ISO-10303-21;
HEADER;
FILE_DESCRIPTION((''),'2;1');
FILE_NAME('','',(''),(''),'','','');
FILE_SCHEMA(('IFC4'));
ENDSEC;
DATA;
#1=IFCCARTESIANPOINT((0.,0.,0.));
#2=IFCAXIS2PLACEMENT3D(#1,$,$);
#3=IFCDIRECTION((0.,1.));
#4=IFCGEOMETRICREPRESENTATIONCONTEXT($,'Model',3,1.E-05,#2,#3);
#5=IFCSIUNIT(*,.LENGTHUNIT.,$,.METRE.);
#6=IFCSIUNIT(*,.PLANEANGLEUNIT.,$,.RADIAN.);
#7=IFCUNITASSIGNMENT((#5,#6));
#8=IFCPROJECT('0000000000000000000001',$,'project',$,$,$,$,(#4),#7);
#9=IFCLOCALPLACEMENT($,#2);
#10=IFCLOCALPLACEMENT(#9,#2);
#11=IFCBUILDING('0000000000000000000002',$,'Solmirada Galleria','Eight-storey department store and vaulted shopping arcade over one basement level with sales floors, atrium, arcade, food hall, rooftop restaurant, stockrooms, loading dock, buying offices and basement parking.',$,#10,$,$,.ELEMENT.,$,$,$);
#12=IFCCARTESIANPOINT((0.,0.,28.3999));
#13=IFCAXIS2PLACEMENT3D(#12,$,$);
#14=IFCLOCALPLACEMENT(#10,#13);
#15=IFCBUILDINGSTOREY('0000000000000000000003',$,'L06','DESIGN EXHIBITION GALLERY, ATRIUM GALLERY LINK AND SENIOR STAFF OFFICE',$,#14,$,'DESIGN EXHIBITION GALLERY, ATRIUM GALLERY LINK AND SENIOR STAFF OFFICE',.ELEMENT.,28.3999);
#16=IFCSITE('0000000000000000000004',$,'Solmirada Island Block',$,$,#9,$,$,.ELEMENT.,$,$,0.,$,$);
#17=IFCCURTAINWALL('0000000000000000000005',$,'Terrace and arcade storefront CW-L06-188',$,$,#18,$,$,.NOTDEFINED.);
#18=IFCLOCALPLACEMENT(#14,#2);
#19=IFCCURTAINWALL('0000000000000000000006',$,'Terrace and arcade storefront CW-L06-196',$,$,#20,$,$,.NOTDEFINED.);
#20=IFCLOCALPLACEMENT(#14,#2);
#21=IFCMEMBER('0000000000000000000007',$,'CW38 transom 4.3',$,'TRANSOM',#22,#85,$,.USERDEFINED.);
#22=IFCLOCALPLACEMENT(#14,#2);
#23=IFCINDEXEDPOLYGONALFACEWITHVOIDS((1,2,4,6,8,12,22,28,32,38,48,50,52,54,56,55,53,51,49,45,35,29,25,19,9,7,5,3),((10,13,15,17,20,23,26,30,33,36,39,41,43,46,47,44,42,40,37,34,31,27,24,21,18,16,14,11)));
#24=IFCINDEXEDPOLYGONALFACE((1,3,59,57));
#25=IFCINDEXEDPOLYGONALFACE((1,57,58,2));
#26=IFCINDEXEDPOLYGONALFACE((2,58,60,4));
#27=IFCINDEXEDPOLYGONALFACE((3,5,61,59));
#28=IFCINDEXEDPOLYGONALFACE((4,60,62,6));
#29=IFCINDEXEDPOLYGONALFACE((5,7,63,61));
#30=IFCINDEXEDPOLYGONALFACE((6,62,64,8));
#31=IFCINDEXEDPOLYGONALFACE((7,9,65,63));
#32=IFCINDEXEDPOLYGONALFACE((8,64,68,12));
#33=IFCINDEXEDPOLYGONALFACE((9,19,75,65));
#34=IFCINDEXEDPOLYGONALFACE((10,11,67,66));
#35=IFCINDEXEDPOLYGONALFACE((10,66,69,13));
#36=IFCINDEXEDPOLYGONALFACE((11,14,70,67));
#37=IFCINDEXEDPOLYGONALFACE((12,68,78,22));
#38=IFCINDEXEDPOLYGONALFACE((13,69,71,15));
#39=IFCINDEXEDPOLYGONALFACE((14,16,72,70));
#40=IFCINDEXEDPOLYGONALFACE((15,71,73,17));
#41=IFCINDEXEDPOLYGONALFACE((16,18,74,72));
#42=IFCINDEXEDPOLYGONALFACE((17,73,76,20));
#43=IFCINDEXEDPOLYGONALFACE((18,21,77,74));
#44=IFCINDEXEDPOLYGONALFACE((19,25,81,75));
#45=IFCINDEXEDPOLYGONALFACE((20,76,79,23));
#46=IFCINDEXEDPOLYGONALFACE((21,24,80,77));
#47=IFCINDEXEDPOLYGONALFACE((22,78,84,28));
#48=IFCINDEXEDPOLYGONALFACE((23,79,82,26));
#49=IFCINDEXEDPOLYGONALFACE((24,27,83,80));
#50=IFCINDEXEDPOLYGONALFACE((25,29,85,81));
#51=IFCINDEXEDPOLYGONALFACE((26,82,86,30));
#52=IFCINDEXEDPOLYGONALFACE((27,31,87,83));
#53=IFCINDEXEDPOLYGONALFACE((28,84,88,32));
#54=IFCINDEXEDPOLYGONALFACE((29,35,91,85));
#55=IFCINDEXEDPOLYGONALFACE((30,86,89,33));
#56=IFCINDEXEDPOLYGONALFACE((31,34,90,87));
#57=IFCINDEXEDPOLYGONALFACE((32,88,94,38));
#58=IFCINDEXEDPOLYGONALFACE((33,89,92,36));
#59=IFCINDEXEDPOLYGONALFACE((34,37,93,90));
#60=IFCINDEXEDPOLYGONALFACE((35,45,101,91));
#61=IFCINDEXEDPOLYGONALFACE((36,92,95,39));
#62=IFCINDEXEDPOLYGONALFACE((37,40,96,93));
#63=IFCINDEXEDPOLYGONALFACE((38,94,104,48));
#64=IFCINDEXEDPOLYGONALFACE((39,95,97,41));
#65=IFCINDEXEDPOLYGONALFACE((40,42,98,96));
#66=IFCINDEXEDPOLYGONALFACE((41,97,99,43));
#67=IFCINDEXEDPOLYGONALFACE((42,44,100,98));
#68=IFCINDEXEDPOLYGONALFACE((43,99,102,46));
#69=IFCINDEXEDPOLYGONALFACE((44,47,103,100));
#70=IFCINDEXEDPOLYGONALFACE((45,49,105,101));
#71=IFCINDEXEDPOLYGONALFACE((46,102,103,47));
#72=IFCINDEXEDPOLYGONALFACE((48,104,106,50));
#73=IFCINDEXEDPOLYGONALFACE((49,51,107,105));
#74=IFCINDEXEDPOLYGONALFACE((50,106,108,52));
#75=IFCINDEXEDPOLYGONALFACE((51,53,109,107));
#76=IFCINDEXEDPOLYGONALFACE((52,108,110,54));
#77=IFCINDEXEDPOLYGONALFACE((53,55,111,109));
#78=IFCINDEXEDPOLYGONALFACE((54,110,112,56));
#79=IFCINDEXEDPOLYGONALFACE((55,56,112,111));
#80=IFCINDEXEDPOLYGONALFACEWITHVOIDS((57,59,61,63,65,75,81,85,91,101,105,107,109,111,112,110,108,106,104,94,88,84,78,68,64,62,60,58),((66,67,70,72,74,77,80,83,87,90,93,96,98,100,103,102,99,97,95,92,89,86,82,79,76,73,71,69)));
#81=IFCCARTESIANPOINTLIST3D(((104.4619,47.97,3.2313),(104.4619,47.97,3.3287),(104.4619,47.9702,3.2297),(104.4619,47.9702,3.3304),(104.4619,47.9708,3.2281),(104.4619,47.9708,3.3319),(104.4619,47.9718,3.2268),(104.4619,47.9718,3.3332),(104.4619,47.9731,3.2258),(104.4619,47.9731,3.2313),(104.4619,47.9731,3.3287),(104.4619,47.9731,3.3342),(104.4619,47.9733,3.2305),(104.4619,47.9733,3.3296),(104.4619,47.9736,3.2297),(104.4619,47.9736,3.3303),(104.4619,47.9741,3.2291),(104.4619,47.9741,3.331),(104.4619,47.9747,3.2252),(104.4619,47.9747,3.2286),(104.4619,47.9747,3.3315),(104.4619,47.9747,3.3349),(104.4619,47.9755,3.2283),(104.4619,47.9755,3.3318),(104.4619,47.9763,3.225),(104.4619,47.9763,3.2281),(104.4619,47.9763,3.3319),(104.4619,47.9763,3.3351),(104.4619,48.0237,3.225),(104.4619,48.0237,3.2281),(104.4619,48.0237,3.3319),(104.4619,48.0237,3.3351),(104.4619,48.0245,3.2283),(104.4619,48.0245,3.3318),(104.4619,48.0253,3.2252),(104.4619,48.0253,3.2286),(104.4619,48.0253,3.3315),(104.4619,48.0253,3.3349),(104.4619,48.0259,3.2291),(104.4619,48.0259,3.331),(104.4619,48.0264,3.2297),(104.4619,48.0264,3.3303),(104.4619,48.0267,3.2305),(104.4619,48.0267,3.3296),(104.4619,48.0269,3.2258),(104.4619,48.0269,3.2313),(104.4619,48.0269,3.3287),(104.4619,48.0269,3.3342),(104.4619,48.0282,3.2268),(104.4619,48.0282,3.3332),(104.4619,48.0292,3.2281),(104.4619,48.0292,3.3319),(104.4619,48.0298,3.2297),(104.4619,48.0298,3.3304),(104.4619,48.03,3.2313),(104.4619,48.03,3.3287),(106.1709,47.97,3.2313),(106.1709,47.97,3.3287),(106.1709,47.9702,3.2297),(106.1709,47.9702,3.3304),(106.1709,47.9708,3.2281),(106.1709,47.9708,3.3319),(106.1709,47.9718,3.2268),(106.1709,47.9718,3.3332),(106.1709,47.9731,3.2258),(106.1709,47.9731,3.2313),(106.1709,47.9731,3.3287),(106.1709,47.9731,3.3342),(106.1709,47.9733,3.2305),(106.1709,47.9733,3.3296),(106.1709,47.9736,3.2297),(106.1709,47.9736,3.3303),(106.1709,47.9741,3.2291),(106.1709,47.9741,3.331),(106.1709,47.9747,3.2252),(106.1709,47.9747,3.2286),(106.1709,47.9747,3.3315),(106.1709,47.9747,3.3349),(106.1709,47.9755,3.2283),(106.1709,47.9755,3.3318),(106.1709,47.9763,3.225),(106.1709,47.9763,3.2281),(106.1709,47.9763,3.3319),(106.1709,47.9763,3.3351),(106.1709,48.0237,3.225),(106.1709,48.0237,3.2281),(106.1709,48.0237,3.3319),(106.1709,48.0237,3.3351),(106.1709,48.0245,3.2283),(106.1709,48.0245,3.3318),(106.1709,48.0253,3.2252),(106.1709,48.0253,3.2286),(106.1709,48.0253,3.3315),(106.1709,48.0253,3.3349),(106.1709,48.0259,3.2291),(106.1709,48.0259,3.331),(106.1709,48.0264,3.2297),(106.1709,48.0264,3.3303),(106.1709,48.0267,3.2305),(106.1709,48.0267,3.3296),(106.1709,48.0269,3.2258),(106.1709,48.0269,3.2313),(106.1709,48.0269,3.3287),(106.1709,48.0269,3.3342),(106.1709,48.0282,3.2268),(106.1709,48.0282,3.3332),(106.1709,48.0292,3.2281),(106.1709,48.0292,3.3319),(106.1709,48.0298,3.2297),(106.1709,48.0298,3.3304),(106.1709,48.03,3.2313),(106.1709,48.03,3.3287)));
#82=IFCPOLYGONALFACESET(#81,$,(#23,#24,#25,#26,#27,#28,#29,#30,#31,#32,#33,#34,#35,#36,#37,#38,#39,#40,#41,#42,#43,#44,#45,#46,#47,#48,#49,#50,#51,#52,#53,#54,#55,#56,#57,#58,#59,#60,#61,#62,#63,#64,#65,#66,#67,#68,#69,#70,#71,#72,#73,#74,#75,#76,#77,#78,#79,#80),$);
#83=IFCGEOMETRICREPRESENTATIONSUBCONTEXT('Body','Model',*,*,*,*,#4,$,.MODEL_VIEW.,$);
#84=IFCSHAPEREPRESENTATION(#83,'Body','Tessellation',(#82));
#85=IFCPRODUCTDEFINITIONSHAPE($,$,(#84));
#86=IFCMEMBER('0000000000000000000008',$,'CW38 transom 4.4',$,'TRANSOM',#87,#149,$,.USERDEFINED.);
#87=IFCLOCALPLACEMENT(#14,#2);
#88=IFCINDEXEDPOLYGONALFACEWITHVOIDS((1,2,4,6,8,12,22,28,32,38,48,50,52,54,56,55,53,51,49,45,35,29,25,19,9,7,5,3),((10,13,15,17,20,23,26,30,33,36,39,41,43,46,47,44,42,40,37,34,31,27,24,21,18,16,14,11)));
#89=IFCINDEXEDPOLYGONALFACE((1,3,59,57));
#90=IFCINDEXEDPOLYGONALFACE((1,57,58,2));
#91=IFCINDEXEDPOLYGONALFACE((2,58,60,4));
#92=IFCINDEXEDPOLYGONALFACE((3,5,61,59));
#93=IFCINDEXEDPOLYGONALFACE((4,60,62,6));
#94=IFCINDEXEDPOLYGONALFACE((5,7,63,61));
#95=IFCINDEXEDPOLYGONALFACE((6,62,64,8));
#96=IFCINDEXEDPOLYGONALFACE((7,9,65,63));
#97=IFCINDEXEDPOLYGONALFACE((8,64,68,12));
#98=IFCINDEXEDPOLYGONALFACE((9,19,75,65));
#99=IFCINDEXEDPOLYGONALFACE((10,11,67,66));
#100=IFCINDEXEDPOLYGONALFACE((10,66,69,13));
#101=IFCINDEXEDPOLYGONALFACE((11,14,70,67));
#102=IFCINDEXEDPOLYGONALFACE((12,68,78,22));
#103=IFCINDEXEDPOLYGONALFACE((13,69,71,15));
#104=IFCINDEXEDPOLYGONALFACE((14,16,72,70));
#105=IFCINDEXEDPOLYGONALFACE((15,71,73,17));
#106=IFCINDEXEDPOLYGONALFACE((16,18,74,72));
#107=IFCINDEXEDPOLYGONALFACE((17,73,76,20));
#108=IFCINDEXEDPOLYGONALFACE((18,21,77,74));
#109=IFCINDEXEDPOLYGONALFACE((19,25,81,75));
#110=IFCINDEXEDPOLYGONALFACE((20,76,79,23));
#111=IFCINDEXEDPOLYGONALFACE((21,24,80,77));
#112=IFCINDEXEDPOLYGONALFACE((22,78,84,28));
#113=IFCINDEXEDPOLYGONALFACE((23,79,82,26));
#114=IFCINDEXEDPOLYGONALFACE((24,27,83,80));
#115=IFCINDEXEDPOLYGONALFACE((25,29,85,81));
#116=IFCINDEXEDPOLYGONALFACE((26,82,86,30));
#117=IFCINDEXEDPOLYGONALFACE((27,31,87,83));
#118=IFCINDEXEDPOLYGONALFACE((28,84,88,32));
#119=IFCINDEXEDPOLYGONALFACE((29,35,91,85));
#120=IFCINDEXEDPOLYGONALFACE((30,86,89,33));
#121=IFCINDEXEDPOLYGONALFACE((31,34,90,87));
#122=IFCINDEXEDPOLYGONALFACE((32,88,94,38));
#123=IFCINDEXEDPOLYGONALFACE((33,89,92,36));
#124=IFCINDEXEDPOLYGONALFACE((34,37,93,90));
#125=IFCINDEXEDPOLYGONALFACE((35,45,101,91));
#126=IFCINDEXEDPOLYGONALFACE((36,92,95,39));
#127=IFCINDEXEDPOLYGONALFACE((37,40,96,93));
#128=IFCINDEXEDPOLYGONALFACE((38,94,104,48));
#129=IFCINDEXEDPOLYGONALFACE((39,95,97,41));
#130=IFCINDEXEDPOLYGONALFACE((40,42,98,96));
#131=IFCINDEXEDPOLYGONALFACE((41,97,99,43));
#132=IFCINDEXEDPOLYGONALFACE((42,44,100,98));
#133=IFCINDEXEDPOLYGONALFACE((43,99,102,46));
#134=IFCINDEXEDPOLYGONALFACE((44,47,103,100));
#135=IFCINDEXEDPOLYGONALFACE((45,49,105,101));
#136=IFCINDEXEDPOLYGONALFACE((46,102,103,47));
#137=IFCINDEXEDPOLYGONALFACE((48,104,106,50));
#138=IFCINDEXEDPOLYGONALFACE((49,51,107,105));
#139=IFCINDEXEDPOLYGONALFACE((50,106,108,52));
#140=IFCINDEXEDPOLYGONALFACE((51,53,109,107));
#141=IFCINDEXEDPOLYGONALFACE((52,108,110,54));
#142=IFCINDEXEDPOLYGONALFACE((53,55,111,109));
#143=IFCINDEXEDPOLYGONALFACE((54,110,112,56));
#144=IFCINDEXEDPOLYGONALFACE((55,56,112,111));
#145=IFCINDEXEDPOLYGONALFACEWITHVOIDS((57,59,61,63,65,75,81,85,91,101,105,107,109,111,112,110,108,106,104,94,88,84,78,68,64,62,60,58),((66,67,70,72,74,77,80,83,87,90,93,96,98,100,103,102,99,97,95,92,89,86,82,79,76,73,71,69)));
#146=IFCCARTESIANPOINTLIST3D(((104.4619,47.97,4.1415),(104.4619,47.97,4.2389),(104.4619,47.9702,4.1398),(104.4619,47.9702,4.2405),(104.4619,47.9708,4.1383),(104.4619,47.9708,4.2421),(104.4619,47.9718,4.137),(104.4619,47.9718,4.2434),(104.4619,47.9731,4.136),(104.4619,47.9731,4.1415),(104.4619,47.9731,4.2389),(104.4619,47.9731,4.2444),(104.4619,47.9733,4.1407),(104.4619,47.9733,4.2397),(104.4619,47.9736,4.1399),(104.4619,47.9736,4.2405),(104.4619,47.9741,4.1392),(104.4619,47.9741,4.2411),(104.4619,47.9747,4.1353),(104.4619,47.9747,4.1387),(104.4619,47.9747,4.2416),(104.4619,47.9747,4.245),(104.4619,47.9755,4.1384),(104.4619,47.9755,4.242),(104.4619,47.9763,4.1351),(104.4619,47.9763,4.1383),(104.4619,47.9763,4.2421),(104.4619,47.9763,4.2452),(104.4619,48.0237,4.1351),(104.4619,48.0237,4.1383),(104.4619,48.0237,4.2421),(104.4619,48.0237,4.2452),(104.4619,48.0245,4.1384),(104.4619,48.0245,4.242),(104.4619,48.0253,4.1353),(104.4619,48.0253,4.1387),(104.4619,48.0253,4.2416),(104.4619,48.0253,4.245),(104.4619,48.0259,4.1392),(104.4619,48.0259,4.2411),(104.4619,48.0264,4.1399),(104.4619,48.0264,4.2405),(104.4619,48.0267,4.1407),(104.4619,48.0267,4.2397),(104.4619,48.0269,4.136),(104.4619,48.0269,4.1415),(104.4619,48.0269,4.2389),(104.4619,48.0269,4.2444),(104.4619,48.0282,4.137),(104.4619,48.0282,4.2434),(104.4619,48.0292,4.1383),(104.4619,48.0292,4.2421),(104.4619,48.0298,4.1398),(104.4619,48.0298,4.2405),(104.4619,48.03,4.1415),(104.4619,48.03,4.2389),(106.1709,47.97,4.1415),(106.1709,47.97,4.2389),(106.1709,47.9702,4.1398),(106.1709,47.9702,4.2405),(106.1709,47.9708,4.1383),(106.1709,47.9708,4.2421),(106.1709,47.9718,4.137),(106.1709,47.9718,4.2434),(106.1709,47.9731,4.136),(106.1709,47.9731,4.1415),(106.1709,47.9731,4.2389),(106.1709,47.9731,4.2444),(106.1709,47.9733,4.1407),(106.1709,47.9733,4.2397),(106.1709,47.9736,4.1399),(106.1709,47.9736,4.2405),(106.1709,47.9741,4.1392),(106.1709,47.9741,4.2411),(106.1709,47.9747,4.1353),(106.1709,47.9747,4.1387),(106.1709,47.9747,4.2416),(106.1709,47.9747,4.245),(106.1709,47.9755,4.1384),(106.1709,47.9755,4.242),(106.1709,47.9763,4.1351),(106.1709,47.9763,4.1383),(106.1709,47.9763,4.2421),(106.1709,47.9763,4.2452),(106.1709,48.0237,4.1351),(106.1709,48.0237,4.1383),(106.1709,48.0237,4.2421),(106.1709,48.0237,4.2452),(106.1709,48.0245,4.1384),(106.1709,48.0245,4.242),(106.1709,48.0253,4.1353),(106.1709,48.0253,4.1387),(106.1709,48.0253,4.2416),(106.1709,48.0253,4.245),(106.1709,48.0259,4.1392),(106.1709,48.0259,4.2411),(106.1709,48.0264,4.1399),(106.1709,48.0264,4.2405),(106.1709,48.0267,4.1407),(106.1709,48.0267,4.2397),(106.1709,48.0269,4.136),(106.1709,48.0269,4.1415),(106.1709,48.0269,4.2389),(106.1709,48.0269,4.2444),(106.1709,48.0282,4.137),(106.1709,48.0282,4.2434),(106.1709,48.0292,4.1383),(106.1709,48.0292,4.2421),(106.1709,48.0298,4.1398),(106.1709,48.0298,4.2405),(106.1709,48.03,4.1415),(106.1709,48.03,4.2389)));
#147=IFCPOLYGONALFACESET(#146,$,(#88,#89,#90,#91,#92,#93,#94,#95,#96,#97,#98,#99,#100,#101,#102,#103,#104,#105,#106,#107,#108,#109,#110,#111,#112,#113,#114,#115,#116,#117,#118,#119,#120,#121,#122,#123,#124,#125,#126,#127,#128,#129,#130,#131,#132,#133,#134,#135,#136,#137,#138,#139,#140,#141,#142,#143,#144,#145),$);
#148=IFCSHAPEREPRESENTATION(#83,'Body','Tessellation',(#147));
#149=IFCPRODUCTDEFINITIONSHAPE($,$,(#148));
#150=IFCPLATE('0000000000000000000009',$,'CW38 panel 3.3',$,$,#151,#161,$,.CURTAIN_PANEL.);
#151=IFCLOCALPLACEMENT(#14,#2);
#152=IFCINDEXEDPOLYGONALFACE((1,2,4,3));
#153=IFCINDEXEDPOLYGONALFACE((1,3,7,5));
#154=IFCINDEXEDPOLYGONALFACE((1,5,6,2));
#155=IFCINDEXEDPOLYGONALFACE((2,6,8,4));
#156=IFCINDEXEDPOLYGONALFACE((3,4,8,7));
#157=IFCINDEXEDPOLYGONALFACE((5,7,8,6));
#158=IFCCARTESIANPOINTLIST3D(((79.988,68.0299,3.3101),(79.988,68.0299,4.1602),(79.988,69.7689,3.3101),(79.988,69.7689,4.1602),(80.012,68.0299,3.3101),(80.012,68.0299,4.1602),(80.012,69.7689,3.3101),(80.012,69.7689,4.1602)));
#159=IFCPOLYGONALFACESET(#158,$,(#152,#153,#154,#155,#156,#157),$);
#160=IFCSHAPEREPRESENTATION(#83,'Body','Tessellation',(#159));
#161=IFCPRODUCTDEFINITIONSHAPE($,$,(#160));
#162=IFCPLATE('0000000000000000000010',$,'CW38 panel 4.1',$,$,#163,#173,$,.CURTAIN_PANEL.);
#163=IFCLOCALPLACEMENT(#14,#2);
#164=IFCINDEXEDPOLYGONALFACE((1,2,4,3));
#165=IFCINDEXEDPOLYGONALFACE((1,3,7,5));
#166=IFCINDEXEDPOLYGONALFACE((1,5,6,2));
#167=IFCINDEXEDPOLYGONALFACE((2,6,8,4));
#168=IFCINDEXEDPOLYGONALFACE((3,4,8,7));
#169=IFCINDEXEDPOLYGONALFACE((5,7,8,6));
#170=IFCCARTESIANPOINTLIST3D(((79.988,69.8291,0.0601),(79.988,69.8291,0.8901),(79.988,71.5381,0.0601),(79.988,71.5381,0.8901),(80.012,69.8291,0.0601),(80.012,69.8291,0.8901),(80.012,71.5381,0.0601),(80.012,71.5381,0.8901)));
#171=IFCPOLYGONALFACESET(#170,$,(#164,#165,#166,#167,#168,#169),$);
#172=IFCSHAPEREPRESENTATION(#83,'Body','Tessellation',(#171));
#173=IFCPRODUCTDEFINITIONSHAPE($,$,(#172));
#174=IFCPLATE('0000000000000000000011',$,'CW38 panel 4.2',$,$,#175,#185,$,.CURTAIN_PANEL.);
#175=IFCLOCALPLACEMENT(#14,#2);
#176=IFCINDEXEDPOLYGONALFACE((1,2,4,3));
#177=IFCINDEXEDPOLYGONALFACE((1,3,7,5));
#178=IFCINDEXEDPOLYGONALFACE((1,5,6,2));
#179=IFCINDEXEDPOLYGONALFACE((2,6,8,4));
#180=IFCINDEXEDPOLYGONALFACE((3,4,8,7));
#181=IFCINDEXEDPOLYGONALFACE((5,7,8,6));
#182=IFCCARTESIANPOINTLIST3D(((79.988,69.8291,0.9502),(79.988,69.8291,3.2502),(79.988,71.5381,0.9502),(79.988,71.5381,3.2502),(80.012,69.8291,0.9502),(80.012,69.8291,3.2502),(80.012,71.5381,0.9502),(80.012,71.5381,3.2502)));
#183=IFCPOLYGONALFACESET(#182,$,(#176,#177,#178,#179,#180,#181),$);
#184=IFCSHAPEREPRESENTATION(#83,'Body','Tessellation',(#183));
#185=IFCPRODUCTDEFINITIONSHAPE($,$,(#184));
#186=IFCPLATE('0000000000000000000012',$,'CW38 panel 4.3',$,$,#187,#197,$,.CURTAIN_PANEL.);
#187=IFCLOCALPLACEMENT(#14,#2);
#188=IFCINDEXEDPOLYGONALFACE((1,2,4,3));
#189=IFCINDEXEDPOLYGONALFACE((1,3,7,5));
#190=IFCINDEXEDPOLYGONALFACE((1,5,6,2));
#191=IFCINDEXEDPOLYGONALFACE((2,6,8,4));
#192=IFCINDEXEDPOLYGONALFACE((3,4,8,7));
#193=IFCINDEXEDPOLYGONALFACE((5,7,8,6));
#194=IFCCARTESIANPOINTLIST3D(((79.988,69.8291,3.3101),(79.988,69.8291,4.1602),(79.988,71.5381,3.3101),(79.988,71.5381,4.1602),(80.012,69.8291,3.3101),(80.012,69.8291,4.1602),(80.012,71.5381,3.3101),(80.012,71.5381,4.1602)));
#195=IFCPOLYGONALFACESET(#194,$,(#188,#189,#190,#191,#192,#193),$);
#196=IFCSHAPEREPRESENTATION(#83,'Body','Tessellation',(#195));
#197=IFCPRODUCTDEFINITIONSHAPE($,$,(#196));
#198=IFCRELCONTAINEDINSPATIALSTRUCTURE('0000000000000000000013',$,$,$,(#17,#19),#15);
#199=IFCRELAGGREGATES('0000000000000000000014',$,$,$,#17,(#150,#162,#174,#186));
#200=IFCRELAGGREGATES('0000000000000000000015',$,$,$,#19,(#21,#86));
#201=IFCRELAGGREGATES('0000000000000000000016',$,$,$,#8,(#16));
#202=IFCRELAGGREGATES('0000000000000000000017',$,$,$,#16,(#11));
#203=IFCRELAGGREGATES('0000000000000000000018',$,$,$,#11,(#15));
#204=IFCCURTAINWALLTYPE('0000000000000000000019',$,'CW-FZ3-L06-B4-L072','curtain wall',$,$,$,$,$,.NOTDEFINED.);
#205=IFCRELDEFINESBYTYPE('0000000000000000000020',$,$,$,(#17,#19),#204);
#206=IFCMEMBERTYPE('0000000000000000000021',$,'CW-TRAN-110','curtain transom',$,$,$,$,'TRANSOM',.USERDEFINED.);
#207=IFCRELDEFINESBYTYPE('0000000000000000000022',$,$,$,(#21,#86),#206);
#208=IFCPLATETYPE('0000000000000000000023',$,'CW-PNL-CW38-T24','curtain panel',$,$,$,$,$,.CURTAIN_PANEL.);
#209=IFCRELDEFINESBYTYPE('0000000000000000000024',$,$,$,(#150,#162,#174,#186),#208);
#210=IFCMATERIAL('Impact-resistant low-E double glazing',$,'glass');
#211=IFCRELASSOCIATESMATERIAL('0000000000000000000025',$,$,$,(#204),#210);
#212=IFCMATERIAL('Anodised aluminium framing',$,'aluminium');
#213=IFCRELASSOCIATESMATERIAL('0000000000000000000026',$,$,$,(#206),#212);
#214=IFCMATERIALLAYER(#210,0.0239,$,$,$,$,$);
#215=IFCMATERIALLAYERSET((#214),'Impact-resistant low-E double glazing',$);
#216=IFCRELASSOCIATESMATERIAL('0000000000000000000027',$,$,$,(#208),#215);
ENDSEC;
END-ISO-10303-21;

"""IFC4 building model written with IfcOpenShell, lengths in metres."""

from ifc_helpers import new_model, si_unit, direction, frame, origin, origin_2d, place, context, subcontext, project, spatial, rectangle, hollow_rectangle, extrude, material, layer, layer_set, material_profile, profile_set, type_object, element, aggregate, save


model = new_model("IFC4")

# Units and contexts
model_context = context("Model", 3, precision=1e-05, world=origin(), true_north=direction((0.0, 1.0)))
body_context = subcontext(model_context, "Body", "Model", "MODEL_VIEW")
ifc_project = project(units=[si_unit("LENGTHUNIT", "METRE"), si_unit("PLANEANGLEUNIT", "RADIAN")], contexts=[model_context])

# Site, building, storey
site_placement = place(None, origin())
site = spatial("IfcSite", under=ifc_project, at=site_placement, Name="Solmirada Island Block", CompositionType="ELEMENT", RefElevation=0.0)
building_placement = place(site_placement, origin())
building = spatial("IfcBuilding", under=site, at=building_placement, Name="Solmirada Galleria", Description="Eight-storey department store and vaulted shopping arcade over one basement level with sales floors, atrium, arcade, food hall, rooftop restaurant, stockrooms, loading dock, buying offices and basement parking.", CompositionType="ELEMENT")
storey_placement = place(building_placement, frame((0.0, 0.0, 28.3999)))
storey = spatial("IfcBuildingStorey", under=building, at=storey_placement, Name="L06", Description="DESIGN EXHIBITION GALLERY, ATRIUM GALLERY LINK AND SENIOR STAFF OFFICE", LongName="DESIGN EXHIBITION GALLERY, ATRIUM GALLERY LINK AND SENIOR STAFF OFFICE", CompositionType="ELEMENT", Elevation=28.3999)

# Curtain wall
ifc_material_1 = material(Name="Impact-resistant low-E double glazing", Category="glass")
curtain_wall_type = type_object("IfcCurtainWallType", Name="CW-FZ3-L06-B4-L072", Description="curtain wall", PredefinedType="NOTDEFINED", material=ifc_material_1)
curtain_wall_1_placement = place(storey_placement, origin())
curtain_wall_1 = element("IfcCurtainWall", 1, at=curtain_wall_1_placement, inside=storey, type_object=curtain_wall_type, Name="Terrace and arcade storefront CW-L06-188", PredefinedType="NOTDEFINED")
ifc_material_2 = material(Name="Anodised aluminium framing", Category="aluminium")

# Curtain wall
curtain_wall_2_placement = place(storey_placement, origin())
curtain_wall_2 = element("IfcCurtainWall", 2, at=curtain_wall_2_placement, inside=storey, type_object=curtain_wall_type, Name="Terrace and arcade storefront CW-L06-196", PredefinedType="NOTDEFINED")

# Members
ifc_material_profile_1 = material_profile(ifc_material_2, hollow_rectangle(XDim=0.0601, YDim=0.1101, WallThickness=0.0032, InnerFilletRadius=0.0032, OuterFilletRadius=0.0063, at=origin_2d()), Name="ALU-TRAN-110X60")
ifc_profile_set_1 = profile_set([ifc_material_profile_1], Name="Anodised aluminium framing")
member_type_1 = type_object("IfcMemberType", Name="CW-TRAN-110", Description="curtain transom", ElementType="TRANSOM", PredefinedType="USERDEFINED", material=ifc_profile_set_1)
member_1_placement = place(storey_placement, frame((106.1709, 48.0, 3.28), z_axis=(-1.0, 0.0, 0.0), x_axis=(0.0, -1.0, 0.0)))
member_1 = element("IfcMember", 3, at=member_1_placement, type_object=member_type_1, Name="CW38 transom 4.3", ObjectType="TRANSOM", PredefinedType="USERDEFINED", context=body_context, shape_type="SweptSolid", body=[
    extrude(hollow_rectangle(XDim=0.0601, YDim=0.1101, WallThickness=0.0032, InnerFilletRadius=0.0032, OuterFilletRadius=0.0063, at=origin_2d()), origin(), (0.0, 0.0, 1.0), 1.709),
])
member_2_placement = place(storey_placement, frame((106.1709, 48.0, 4.1902), z_axis=(-1.0, 0.0, 0.0), x_axis=(0.0, -1.0, 0.0)))
member_2 = element("IfcMember", 4, at=member_2_placement, type_object=member_type_1, Name="CW38 transom 4.4", ObjectType="TRANSOM", PredefinedType="USERDEFINED", context=body_context, shape_type="SweptSolid", body=[
    extrude(hollow_rectangle(XDim=0.0601, YDim=0.1101, WallThickness=0.0032, InnerFilletRadius=0.0032, OuterFilletRadius=0.0063, at=origin_2d()), origin(), (0.0, 0.0, 1.0), 1.709),
])

# Plates
ifc_layer = layer(ifc_material_1, 0.0239)
ifc_layer_set = layer_set([ifc_layer], Name="Impact-resistant low-E double glazing")
plate_type = type_object("IfcPlateType", Name="CW-PNL-CW38-T24", Description="curtain panel", PredefinedType="CURTAIN_PANEL", material=ifc_layer_set)
plate_1_placement = place(storey_placement, frame((80.0, 68.8994, 3.3101), z_axis=(0.0, 0.0, 1.0), x_axis=(0.0, 1.0, 0.0)))
plate_1 = element("IfcPlate", 5, at=plate_1_placement, type_object=plate_type, Name="CW38 panel 3.3", PredefinedType="CURTAIN_PANEL", context=body_context, shape_type="SweptSolid", body=[
    extrude(rectangle(XDim=1.739, YDim=0.0239, at=origin_2d()), origin(), (0.0, 0.0, 1.0), 0.8501),
])
plate_2_placement = place(storey_placement, frame((80.0, 70.6836, 0.0601), z_axis=(0.0, 0.0, 1.0), x_axis=(0.0, 1.0, 0.0)))
plate_2 = element("IfcPlate", 6, at=plate_2_placement, type_object=plate_type, Name="CW38 panel 4.1", PredefinedType="CURTAIN_PANEL", context=body_context, shape_type="SweptSolid", body=[
    extrude(rectangle(XDim=1.709, YDim=0.0239, at=origin_2d()), origin(), (0.0, 0.0, 1.0), 0.8301),
])
plate_3_placement = place(storey_placement, frame((80.0, 70.6836, 0.9502), z_axis=(0.0, 0.0, 1.0), x_axis=(0.0, 1.0, 0.0)))
plate_3 = element("IfcPlate", 7, at=plate_3_placement, type_object=plate_type, Name="CW38 panel 4.2", PredefinedType="CURTAIN_PANEL", context=body_context, shape_type="SweptSolid", body=[
    extrude(rectangle(XDim=1.709, YDim=0.0239, at=origin_2d()), origin(), (0.0, 0.0, 1.0), 2.3),
])
plate_4_placement = place(storey_placement, frame((80.0, 70.6836, 3.3101), z_axis=(0.0, 0.0, 1.0), x_axis=(0.0, 1.0, 0.0)))
plate_4 = element("IfcPlate", 8, at=plate_4_placement, type_object=plate_type, Name="CW38 panel 4.3", PredefinedType="CURTAIN_PANEL", context=body_context, shape_type="SweptSolid", body=[
    extrude(rectangle(XDim=1.709, YDim=0.0239, at=origin_2d()), origin(), (0.0, 0.0, 1.0), 0.8501),
])
aggregate(curtain_wall_1, [plate_1, plate_2, plate_3, plate_4])
aggregate(curtain_wall_2, [member_1, member_2])

save(model, "model.ifc")
